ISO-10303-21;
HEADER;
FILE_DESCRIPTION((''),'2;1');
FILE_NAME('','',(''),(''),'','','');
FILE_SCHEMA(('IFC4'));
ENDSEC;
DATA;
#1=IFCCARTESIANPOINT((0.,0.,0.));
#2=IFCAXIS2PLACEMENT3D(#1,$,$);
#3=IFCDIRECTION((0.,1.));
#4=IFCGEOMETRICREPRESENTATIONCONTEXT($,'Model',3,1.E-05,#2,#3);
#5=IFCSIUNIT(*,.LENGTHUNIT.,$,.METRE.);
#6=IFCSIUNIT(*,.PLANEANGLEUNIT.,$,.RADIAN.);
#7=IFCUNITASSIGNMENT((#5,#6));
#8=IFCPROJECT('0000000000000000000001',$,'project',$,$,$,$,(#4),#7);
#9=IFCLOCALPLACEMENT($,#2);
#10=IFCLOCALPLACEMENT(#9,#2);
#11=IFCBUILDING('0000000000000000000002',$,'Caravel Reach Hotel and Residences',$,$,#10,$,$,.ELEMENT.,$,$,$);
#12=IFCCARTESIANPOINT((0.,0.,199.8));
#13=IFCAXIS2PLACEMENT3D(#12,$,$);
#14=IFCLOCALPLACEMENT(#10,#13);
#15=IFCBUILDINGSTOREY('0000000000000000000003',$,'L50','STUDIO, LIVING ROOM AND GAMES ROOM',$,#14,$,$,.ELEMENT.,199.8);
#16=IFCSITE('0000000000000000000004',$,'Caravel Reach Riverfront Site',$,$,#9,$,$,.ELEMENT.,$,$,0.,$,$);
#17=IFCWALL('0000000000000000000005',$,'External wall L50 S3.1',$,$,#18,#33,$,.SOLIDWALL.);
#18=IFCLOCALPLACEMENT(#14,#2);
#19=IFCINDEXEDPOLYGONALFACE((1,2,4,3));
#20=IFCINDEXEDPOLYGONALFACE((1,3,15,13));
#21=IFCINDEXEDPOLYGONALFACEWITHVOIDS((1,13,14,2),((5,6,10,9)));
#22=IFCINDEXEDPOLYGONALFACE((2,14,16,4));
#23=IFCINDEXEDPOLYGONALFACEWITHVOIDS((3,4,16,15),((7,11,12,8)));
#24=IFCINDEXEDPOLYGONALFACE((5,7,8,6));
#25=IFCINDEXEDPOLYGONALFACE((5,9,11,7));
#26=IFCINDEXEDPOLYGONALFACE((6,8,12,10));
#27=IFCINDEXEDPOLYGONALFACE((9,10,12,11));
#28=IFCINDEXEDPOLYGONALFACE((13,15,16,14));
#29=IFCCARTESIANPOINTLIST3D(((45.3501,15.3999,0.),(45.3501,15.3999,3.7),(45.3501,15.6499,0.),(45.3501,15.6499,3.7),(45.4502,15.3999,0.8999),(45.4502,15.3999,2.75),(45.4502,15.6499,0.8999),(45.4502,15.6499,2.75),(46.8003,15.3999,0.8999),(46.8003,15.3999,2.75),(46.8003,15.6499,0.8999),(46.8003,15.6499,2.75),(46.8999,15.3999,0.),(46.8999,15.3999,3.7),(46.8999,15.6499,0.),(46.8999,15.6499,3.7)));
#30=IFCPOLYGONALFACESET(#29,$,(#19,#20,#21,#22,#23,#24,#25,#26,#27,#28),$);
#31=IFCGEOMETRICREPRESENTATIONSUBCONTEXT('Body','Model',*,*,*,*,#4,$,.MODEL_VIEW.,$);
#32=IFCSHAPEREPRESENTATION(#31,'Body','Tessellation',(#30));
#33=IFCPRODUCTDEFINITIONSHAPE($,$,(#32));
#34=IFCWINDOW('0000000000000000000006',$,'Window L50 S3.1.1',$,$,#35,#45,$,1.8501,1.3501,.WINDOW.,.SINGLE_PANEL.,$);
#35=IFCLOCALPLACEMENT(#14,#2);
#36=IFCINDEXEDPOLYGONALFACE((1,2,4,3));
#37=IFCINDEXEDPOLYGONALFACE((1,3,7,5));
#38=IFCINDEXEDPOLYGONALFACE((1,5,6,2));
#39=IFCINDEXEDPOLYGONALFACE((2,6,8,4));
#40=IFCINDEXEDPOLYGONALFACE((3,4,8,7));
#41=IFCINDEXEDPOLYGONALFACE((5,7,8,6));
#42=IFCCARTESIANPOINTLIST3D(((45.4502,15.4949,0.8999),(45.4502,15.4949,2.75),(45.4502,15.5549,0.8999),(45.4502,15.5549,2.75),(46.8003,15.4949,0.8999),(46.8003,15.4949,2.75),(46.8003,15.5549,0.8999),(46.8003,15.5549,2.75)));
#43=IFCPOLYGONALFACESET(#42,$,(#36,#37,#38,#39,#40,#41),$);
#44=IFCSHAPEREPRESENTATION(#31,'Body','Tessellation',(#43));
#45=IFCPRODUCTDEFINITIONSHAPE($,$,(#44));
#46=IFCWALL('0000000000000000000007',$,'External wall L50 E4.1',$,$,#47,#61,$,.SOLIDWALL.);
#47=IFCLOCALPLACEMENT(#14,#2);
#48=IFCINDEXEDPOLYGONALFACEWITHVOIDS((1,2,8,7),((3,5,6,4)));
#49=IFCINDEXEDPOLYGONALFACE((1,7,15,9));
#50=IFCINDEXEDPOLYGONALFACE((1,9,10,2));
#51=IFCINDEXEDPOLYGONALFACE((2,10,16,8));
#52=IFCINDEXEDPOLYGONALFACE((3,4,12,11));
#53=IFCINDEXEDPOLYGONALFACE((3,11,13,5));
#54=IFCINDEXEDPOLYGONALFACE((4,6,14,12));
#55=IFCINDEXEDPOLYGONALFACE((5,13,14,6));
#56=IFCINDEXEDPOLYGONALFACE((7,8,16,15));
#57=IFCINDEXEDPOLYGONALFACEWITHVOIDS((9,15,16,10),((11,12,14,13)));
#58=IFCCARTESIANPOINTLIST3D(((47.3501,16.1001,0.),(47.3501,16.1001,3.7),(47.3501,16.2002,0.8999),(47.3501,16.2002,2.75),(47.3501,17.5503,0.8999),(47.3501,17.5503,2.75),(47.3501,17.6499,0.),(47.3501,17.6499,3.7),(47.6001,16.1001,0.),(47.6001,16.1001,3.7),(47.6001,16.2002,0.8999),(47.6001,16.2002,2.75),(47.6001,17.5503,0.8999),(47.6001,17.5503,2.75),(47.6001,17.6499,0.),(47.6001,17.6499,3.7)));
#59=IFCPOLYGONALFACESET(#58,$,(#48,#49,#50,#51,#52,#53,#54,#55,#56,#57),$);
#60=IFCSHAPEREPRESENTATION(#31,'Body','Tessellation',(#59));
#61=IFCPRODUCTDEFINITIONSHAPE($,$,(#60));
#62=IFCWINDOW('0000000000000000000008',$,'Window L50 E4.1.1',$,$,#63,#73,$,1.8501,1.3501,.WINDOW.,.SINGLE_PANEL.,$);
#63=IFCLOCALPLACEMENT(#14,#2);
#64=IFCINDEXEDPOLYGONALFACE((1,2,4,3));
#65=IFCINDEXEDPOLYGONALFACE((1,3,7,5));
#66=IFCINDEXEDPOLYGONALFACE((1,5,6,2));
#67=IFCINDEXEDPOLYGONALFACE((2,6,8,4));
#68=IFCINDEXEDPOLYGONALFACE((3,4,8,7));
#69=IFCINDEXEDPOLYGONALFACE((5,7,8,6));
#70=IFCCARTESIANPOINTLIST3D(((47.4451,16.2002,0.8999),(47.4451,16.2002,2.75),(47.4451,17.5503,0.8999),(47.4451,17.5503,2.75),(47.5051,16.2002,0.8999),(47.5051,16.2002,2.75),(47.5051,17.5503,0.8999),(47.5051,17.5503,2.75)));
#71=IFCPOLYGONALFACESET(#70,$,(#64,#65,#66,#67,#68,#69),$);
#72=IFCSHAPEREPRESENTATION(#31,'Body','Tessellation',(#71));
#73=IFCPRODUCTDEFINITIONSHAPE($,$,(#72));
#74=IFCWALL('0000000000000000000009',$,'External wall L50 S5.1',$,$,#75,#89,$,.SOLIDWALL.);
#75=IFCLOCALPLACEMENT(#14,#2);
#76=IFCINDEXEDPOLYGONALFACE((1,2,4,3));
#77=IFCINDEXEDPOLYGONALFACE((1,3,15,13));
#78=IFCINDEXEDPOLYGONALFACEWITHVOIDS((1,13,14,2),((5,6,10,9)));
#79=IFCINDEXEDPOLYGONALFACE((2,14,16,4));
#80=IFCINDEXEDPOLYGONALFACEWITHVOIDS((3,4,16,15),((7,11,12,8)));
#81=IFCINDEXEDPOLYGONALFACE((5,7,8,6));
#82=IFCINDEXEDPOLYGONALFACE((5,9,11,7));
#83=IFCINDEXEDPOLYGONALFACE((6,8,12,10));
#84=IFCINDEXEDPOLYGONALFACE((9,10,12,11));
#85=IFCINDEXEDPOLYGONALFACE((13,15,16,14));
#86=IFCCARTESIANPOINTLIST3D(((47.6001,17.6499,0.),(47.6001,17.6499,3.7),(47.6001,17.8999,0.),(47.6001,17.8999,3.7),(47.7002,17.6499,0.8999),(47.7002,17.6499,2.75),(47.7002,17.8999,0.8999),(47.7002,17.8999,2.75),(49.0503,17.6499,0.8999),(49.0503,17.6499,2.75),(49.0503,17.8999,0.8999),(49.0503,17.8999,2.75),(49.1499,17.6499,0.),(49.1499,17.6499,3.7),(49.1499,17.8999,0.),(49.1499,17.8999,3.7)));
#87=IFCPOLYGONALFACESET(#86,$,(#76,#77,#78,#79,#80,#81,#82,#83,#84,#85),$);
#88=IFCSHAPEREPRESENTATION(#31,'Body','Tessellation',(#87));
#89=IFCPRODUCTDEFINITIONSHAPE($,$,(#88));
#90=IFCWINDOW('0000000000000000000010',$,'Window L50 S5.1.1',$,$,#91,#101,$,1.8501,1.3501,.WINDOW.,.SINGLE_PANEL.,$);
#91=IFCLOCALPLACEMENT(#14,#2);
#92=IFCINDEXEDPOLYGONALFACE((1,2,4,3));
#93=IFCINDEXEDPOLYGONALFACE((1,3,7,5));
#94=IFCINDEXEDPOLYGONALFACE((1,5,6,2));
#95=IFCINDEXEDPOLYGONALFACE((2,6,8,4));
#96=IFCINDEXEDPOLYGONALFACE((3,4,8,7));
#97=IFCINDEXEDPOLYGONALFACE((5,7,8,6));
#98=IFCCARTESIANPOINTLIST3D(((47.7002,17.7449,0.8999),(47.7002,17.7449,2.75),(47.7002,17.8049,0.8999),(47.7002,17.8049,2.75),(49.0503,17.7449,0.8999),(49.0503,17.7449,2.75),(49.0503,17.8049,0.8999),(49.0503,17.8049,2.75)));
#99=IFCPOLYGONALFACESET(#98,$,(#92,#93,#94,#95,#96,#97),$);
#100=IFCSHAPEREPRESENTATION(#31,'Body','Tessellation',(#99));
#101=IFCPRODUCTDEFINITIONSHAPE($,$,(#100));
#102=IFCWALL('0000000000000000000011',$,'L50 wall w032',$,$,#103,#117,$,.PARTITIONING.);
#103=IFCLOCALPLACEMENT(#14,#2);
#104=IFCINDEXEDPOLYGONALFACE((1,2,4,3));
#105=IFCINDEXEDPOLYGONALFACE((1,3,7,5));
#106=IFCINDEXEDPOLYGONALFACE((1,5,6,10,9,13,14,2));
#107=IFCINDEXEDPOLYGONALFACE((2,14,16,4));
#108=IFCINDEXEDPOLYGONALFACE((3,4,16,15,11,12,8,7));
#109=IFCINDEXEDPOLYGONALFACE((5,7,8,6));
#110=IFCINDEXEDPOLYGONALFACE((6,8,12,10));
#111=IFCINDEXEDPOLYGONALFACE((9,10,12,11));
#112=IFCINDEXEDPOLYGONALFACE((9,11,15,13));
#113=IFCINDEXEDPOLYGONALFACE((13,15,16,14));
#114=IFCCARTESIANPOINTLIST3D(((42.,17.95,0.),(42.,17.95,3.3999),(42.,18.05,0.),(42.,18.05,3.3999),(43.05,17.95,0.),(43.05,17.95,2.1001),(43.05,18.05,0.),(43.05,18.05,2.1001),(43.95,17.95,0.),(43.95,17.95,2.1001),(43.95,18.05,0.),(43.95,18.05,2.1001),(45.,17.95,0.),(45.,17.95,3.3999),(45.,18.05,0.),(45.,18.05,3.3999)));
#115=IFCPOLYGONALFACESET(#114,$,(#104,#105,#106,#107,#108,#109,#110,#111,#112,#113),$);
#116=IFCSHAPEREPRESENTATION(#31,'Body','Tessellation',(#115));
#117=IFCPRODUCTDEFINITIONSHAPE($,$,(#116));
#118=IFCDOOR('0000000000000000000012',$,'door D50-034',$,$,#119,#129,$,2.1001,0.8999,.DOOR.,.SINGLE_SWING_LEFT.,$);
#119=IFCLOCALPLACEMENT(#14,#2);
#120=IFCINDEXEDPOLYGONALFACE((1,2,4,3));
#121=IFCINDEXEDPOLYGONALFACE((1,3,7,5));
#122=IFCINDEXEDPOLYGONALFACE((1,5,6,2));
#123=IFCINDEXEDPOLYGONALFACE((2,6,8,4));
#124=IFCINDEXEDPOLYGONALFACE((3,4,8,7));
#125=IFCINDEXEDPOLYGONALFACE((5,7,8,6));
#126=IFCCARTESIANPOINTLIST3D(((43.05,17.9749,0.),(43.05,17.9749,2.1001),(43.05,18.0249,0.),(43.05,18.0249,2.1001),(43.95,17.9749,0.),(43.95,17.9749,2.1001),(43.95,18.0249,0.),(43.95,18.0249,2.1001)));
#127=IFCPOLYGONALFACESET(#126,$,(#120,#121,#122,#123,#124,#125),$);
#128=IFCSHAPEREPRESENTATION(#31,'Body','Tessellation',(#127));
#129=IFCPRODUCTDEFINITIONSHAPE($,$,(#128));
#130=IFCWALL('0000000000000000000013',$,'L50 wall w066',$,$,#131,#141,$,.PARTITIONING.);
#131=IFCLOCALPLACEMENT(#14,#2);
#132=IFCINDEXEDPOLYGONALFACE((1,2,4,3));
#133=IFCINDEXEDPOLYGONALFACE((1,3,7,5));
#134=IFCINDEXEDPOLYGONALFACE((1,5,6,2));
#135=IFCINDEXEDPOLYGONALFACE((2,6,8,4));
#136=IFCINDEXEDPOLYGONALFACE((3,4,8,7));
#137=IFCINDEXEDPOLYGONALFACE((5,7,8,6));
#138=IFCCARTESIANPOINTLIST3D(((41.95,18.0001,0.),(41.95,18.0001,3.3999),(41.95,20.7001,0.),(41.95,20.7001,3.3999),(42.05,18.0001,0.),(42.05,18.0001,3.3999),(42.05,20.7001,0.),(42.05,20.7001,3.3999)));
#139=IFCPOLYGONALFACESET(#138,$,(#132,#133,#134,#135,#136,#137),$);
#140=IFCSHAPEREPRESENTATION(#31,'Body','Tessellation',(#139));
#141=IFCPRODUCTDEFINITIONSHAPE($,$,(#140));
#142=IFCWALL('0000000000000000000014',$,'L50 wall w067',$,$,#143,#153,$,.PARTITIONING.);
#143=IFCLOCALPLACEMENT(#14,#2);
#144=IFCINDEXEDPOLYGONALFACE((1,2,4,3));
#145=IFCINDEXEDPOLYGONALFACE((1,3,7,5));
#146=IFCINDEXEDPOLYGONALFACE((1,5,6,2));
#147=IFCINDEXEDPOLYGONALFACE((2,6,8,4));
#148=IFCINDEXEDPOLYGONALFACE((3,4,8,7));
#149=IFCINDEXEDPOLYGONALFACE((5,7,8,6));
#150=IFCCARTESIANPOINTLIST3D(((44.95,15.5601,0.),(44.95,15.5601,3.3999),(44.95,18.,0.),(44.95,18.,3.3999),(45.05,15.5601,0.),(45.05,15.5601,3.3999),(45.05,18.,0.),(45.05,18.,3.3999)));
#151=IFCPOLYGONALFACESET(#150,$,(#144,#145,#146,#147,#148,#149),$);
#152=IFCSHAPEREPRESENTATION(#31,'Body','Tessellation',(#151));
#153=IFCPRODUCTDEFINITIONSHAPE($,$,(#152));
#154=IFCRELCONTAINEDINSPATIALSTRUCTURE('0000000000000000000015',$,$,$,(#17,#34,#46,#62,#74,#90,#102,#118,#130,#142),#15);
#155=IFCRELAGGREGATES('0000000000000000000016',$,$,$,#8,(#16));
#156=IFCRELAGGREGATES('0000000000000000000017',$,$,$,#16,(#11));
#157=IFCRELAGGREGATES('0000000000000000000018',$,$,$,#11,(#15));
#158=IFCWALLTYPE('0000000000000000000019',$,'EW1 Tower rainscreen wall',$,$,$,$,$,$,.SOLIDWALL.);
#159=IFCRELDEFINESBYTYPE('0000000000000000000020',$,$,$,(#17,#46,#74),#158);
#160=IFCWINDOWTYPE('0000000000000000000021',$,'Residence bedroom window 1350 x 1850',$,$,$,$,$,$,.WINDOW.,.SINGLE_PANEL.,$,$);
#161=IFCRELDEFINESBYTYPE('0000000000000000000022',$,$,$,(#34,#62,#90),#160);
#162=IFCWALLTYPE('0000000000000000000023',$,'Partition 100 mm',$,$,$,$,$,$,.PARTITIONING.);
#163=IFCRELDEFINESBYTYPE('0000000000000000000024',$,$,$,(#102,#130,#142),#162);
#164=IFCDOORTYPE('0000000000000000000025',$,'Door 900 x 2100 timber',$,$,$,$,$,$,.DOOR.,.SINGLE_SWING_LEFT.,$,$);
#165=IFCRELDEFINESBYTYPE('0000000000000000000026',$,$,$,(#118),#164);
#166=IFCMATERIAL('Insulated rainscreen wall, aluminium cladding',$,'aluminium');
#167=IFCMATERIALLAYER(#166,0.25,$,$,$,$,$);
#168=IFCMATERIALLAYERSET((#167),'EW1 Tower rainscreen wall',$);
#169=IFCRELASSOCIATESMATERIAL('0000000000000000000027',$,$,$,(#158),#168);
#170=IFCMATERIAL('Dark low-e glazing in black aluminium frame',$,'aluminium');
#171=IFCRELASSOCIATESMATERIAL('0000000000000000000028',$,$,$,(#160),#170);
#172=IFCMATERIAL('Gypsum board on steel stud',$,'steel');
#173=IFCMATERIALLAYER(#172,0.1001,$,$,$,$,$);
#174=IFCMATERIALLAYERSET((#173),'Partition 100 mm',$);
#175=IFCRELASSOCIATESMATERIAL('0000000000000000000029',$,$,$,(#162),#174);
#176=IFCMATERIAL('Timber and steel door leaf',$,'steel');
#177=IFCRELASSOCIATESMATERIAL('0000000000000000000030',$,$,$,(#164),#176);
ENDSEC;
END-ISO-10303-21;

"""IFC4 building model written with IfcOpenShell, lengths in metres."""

from ifc_helpers import new_model, si_unit, direction, frame, frame_2d, origin, place, context, subcontext, project, spatial, rectangle, extrude, material, layer, layer_set, type_object, element, fill, save


model = new_model("IFC4")

# Units and contexts
model_context = context("Model", 3, precision=1e-05, world=origin(), true_north=direction((0.0, 1.0)))
body_context = subcontext(model_context, "Body", "Model", "MODEL_VIEW")
ifc_project = project(units=[si_unit("LENGTHUNIT", "METRE"), si_unit("PLANEANGLEUNIT", "RADIAN")], contexts=[model_context])

# Site, building, storey
site_placement = place(None, origin())
site = spatial("IfcSite", under=ifc_project, at=site_placement, Name="Caravel Reach Riverfront Site", CompositionType="ELEMENT", RefElevation=0.0)
building_placement = place(site_placement, origin())
building = spatial("IfcBuilding", under=site, at=building_placement, Name="Caravel Reach Hotel and Residences", CompositionType="ELEMENT")
storey_placement = place(building_placement, frame((0.0, 0.0, 199.8)))
storey = spatial("IfcBuildingStorey", under=building, at=storey_placement, Name="L50", Description="STUDIO, LIVING ROOM AND GAMES ROOM", CompositionType="ELEMENT", Elevation=199.8)

# Walls, openings, windows
ifc_material_1 = material(Name="Insulated rainscreen wall, aluminium cladding", Category="aluminium")
ifc_layer_1 = layer(ifc_material_1, 0.25)
ifc_layer_set_1 = layer_set([ifc_layer_1], Name="EW1 Tower rainscreen wall")
wall_type_1 = type_object("IfcWallType", Name="EW1 Tower rainscreen wall", PredefinedType="SOLIDWALL", material=ifc_layer_set_1)
ifc_material_2 = material(Name="Dark low-e glazing in black aluminium frame", Category="aluminium")
window_type = type_object("IfcWindowType", Name="Residence bedroom window 1350 x 1850", PartitioningType="SINGLE_PANEL", PredefinedType="WINDOW", material=ifc_material_2)
wall_1_placement = place(storey_placement, frame((45.3501, 15.5249, 0.0), z_axis=(0.0, 0.0, 1.0), x_axis=(1.0, 0.0, 0.0)))
wall_1 = element("IfcWall", 1, at=wall_1_placement, inside=storey, type_object=wall_type_1, Name="External wall L50 S3.1", PredefinedType="SOLIDWALL", context=body_context, shape_type="SweptSolid", body=[
    extrude(rectangle(XDim=1.5498, YDim=0.25, at=frame_2d((0.7749, 0.0))), origin(), (0.0, 0.0, 1.0), 3.7),
])
opening_1_placement = place(wall_1_placement, frame((0.1001, 0.0, 0.8999)))
opening_1 = element("IfcOpeningElement", 2, at=opening_1_placement, cuts=wall_1, PredefinedType="OPENING", context=body_context, shape_type="SweptSolid", body=[
    extrude(rectangle(XDim=1.3501, YDim=1.8501, at=frame_2d((0.675, 0.925))), frame((0.0, 0.135, 0.0), z_axis=(0.0, -1.0, 0.0), x_axis=(1.0, 0.0, 0.0)), (0.0, 0.0, 1.0), 0.27),
])
window_1_placement = place(opening_1_placement, origin())
window_1 = element("IfcWindow", 3, at=window_1_placement, inside=storey, type_object=window_type, Name="Window L50 S3.1.1", OverallHeight=1.8501, OverallWidth=1.3501, PartitioningType="SINGLE_PANEL", PredefinedType="WINDOW", context=body_context, shape_type="SweptSolid", body=[
    extrude(rectangle(XDim=1.3501, YDim=1.8501, at=frame_2d((0.675, 0.925))), frame((0.0, 0.03, 0.0), z_axis=(0.0, -1.0, 0.0), x_axis=(1.0, 0.0, 0.0)), (0.0, 0.0, 1.0), 0.0601),
])
fill(opening_1, window_1)
wall_2_placement = place(storey_placement, frame((47.4751, 16.1001, 0.0), z_axis=(0.0, 0.0, 1.0), x_axis=(0.0, 1.0, 0.0)))
wall_2 = element("IfcWall", 4, at=wall_2_placement, inside=storey, type_object=wall_type_1, Name="External wall L50 E4.1", PredefinedType="SOLIDWALL", context=body_context, shape_type="SweptSolid", body=[
    extrude(rectangle(XDim=1.5498, YDim=0.25, at=frame_2d((0.7749, 0.0))), origin(), (0.0, 0.0, 1.0), 3.7),
])
opening_2_placement = place(wall_2_placement, frame((0.1001, 0.0, 0.8999)))
opening_2 = element("IfcOpeningElement", 5, at=opening_2_placement, cuts=wall_2, PredefinedType="OPENING", context=body_context, shape_type="SweptSolid", body=[
    extrude(rectangle(XDim=1.3501, YDim=1.8501, at=frame_2d((0.675, 0.925))), frame((0.0, 0.135, 0.0), z_axis=(0.0, -1.0, 0.0), x_axis=(1.0, 0.0, 0.0)), (0.0, 0.0, 1.0), 0.27),
])
window_2_placement = place(opening_2_placement, origin())
window_2 = element("IfcWindow", 6, at=window_2_placement, inside=storey, type_object=window_type, Name="Window L50 E4.1.1", OverallHeight=1.8501, OverallWidth=1.3501, PartitioningType="SINGLE_PANEL", PredefinedType="WINDOW", context=body_context, shape_type="SweptSolid", body=[
    extrude(rectangle(XDim=1.3501, YDim=1.8501, at=frame_2d((0.675, 0.925))), frame((0.0, 0.03, 0.0), z_axis=(0.0, -1.0, 0.0), x_axis=(1.0, 0.0, 0.0)), (0.0, 0.0, 1.0), 0.0601),
])
fill(opening_2, window_2)
wall_3_placement = place(storey_placement, frame((47.6001, 17.7749, 0.0), z_axis=(0.0, 0.0, 1.0), x_axis=(1.0, 0.0, 0.0)))
wall_3 = element("IfcWall", 7, at=wall_3_placement, inside=storey, type_object=wall_type_1, Name="External wall L50 S5.1", PredefinedType="SOLIDWALL", context=body_context, shape_type="SweptSolid", body=[
    extrude(rectangle(XDim=1.5498, YDim=0.25, at=frame_2d((0.7749, 0.0))), origin(), (0.0, 0.0, 1.0), 3.7),
])
opening_3_placement = place(wall_3_placement, frame((0.1001, 0.0, 0.8999)))
opening_3 = element("IfcOpeningElement", 8, at=opening_3_placement, cuts=wall_3, PredefinedType="OPENING", context=body_context, shape_type="SweptSolid", body=[
    extrude(rectangle(XDim=1.3501, YDim=1.8501, at=frame_2d((0.675, 0.925))), frame((0.0, 0.135, 0.0), z_axis=(0.0, -1.0, 0.0), x_axis=(1.0, 0.0, 0.0)), (0.0, 0.0, 1.0), 0.27),
])
window_3_placement = place(opening_3_placement, origin())
window_3 = element("IfcWindow", 9, at=window_3_placement, inside=storey, type_object=window_type, Name="Window L50 S5.1.1", OverallHeight=1.8501, OverallWidth=1.3501, PartitioningType="SINGLE_PANEL", PredefinedType="WINDOW", context=body_context, shape_type="SweptSolid", body=[
    extrude(rectangle(XDim=1.3501, YDim=1.8501, at=frame_2d((0.675, 0.925))), frame((0.0, 0.03, 0.0), z_axis=(0.0, -1.0, 0.0), x_axis=(1.0, 0.0, 0.0)), (0.0, 0.0, 1.0), 0.0601),
])
fill(opening_3, window_3)

# Wall, opening, door
ifc_material_3 = material(Name="Gypsum board on steel stud", Category="steel")
ifc_layer_2 = layer(ifc_material_3, 0.1001)
ifc_layer_set_2 = layer_set([ifc_layer_2], Name="Partition 100 mm")
wall_type_2 = type_object("IfcWallType", Name="Partition 100 mm", PredefinedType="PARTITIONING", material=ifc_layer_set_2)
wall_4_placement = place(storey_placement, frame((42.0, 18.0, 0.0), z_axis=(0.0, 0.0, 1.0), x_axis=(1.0, 0.0, 0.0)))
wall_4 = element("IfcWall", 10, at=wall_4_placement, inside=storey, type_object=wall_type_2, Name="L50 wall w032", PredefinedType="PARTITIONING", context=body_context, shape_type="SweptSolid", body=[
    extrude(rectangle(XDim=3.0, YDim=0.1001, at=frame_2d((1.5, 0.0))), origin(), (0.0, 0.0, 1.0), 3.3999),
])
opening_4_placement = place(wall_4_placement, frame((1.05, 0.0, 0.0)))
opening_4 = element("IfcOpeningElement", 11, at=opening_4_placement, cuts=wall_4, PredefinedType="OPENING", context=body_context, shape_type="SweptSolid", body=[
    extrude(rectangle(XDim=0.8999, YDim=2.1001, at=frame_2d((0.45, 1.05))), frame((0.0, 0.0601, 0.0), z_axis=(0.0, -1.0, 0.0), x_axis=(1.0, 0.0, 0.0)), (0.0, 0.0, 1.0), 0.1201),
])
ifc_material_4 = material(Name="Timber and steel door leaf", Category="steel")
door_type_1 = type_object("IfcDoorType", Name="Door 900 x 2100 timber", OperationType="SINGLE_SWING_LEFT", PredefinedType="DOOR", material=ifc_material_4)
door_1_placement = place(opening_4_placement, origin())
door_1 = element("IfcDoor", 12, at=door_1_placement, inside=storey, type_object=door_type_1, Name="door D50-034", OperationType="SINGLE_SWING_LEFT", OverallHeight=2.1001, OverallWidth=0.8999, PredefinedType="DOOR", context=body_context, shape_type="SweptSolid", body=[
    extrude(rectangle(XDim=0.8999, YDim=2.1001, at=frame_2d((0.45, 1.05))), frame((0.0, 0.0249, 0.0), z_axis=(0.0, -1.0, 0.0), x_axis=(1.0, 0.0, 0.0)), (0.0, 0.0, 1.0), 0.05),
])
fill(opening_4, door_1)

# Walls
wall_5_placement = place(storey_placement, frame((42.0, 18.0, 0.0), z_axis=(0.0, 0.0, 1.0), x_axis=(0.0, 1.0, 0.0)))
element("IfcWall", 13, at=wall_5_placement, inside=storey, type_object=wall_type_2, Name="L50 wall w066", PredefinedType="PARTITIONING", context=body_context, shape_type="SweptSolid", body=[
    extrude(rectangle(XDim=2.7, YDim=0.1001, at=frame_2d((1.3501, 0.0))), origin(), (0.0, 0.0, 1.0), 3.3999),
])
wall_6_placement = place(storey_placement, frame((45.0, 15.5601, 0.0), z_axis=(0.0, 0.0, 1.0), x_axis=(0.0, 1.0, 0.0)))
element("IfcWall", 14, at=wall_6_placement, inside=storey, type_object=wall_type_2, Name="L50 wall w067", PredefinedType="PARTITIONING", context=body_context, shape_type="SweptSolid", body=[
    extrude(rectangle(XDim=2.4399, YDim=0.1001, at=frame_2d((1.22, 0.0))), origin(), (0.0, 0.0, 1.0), 3.3999),
])

save(model, "model.ifc")
